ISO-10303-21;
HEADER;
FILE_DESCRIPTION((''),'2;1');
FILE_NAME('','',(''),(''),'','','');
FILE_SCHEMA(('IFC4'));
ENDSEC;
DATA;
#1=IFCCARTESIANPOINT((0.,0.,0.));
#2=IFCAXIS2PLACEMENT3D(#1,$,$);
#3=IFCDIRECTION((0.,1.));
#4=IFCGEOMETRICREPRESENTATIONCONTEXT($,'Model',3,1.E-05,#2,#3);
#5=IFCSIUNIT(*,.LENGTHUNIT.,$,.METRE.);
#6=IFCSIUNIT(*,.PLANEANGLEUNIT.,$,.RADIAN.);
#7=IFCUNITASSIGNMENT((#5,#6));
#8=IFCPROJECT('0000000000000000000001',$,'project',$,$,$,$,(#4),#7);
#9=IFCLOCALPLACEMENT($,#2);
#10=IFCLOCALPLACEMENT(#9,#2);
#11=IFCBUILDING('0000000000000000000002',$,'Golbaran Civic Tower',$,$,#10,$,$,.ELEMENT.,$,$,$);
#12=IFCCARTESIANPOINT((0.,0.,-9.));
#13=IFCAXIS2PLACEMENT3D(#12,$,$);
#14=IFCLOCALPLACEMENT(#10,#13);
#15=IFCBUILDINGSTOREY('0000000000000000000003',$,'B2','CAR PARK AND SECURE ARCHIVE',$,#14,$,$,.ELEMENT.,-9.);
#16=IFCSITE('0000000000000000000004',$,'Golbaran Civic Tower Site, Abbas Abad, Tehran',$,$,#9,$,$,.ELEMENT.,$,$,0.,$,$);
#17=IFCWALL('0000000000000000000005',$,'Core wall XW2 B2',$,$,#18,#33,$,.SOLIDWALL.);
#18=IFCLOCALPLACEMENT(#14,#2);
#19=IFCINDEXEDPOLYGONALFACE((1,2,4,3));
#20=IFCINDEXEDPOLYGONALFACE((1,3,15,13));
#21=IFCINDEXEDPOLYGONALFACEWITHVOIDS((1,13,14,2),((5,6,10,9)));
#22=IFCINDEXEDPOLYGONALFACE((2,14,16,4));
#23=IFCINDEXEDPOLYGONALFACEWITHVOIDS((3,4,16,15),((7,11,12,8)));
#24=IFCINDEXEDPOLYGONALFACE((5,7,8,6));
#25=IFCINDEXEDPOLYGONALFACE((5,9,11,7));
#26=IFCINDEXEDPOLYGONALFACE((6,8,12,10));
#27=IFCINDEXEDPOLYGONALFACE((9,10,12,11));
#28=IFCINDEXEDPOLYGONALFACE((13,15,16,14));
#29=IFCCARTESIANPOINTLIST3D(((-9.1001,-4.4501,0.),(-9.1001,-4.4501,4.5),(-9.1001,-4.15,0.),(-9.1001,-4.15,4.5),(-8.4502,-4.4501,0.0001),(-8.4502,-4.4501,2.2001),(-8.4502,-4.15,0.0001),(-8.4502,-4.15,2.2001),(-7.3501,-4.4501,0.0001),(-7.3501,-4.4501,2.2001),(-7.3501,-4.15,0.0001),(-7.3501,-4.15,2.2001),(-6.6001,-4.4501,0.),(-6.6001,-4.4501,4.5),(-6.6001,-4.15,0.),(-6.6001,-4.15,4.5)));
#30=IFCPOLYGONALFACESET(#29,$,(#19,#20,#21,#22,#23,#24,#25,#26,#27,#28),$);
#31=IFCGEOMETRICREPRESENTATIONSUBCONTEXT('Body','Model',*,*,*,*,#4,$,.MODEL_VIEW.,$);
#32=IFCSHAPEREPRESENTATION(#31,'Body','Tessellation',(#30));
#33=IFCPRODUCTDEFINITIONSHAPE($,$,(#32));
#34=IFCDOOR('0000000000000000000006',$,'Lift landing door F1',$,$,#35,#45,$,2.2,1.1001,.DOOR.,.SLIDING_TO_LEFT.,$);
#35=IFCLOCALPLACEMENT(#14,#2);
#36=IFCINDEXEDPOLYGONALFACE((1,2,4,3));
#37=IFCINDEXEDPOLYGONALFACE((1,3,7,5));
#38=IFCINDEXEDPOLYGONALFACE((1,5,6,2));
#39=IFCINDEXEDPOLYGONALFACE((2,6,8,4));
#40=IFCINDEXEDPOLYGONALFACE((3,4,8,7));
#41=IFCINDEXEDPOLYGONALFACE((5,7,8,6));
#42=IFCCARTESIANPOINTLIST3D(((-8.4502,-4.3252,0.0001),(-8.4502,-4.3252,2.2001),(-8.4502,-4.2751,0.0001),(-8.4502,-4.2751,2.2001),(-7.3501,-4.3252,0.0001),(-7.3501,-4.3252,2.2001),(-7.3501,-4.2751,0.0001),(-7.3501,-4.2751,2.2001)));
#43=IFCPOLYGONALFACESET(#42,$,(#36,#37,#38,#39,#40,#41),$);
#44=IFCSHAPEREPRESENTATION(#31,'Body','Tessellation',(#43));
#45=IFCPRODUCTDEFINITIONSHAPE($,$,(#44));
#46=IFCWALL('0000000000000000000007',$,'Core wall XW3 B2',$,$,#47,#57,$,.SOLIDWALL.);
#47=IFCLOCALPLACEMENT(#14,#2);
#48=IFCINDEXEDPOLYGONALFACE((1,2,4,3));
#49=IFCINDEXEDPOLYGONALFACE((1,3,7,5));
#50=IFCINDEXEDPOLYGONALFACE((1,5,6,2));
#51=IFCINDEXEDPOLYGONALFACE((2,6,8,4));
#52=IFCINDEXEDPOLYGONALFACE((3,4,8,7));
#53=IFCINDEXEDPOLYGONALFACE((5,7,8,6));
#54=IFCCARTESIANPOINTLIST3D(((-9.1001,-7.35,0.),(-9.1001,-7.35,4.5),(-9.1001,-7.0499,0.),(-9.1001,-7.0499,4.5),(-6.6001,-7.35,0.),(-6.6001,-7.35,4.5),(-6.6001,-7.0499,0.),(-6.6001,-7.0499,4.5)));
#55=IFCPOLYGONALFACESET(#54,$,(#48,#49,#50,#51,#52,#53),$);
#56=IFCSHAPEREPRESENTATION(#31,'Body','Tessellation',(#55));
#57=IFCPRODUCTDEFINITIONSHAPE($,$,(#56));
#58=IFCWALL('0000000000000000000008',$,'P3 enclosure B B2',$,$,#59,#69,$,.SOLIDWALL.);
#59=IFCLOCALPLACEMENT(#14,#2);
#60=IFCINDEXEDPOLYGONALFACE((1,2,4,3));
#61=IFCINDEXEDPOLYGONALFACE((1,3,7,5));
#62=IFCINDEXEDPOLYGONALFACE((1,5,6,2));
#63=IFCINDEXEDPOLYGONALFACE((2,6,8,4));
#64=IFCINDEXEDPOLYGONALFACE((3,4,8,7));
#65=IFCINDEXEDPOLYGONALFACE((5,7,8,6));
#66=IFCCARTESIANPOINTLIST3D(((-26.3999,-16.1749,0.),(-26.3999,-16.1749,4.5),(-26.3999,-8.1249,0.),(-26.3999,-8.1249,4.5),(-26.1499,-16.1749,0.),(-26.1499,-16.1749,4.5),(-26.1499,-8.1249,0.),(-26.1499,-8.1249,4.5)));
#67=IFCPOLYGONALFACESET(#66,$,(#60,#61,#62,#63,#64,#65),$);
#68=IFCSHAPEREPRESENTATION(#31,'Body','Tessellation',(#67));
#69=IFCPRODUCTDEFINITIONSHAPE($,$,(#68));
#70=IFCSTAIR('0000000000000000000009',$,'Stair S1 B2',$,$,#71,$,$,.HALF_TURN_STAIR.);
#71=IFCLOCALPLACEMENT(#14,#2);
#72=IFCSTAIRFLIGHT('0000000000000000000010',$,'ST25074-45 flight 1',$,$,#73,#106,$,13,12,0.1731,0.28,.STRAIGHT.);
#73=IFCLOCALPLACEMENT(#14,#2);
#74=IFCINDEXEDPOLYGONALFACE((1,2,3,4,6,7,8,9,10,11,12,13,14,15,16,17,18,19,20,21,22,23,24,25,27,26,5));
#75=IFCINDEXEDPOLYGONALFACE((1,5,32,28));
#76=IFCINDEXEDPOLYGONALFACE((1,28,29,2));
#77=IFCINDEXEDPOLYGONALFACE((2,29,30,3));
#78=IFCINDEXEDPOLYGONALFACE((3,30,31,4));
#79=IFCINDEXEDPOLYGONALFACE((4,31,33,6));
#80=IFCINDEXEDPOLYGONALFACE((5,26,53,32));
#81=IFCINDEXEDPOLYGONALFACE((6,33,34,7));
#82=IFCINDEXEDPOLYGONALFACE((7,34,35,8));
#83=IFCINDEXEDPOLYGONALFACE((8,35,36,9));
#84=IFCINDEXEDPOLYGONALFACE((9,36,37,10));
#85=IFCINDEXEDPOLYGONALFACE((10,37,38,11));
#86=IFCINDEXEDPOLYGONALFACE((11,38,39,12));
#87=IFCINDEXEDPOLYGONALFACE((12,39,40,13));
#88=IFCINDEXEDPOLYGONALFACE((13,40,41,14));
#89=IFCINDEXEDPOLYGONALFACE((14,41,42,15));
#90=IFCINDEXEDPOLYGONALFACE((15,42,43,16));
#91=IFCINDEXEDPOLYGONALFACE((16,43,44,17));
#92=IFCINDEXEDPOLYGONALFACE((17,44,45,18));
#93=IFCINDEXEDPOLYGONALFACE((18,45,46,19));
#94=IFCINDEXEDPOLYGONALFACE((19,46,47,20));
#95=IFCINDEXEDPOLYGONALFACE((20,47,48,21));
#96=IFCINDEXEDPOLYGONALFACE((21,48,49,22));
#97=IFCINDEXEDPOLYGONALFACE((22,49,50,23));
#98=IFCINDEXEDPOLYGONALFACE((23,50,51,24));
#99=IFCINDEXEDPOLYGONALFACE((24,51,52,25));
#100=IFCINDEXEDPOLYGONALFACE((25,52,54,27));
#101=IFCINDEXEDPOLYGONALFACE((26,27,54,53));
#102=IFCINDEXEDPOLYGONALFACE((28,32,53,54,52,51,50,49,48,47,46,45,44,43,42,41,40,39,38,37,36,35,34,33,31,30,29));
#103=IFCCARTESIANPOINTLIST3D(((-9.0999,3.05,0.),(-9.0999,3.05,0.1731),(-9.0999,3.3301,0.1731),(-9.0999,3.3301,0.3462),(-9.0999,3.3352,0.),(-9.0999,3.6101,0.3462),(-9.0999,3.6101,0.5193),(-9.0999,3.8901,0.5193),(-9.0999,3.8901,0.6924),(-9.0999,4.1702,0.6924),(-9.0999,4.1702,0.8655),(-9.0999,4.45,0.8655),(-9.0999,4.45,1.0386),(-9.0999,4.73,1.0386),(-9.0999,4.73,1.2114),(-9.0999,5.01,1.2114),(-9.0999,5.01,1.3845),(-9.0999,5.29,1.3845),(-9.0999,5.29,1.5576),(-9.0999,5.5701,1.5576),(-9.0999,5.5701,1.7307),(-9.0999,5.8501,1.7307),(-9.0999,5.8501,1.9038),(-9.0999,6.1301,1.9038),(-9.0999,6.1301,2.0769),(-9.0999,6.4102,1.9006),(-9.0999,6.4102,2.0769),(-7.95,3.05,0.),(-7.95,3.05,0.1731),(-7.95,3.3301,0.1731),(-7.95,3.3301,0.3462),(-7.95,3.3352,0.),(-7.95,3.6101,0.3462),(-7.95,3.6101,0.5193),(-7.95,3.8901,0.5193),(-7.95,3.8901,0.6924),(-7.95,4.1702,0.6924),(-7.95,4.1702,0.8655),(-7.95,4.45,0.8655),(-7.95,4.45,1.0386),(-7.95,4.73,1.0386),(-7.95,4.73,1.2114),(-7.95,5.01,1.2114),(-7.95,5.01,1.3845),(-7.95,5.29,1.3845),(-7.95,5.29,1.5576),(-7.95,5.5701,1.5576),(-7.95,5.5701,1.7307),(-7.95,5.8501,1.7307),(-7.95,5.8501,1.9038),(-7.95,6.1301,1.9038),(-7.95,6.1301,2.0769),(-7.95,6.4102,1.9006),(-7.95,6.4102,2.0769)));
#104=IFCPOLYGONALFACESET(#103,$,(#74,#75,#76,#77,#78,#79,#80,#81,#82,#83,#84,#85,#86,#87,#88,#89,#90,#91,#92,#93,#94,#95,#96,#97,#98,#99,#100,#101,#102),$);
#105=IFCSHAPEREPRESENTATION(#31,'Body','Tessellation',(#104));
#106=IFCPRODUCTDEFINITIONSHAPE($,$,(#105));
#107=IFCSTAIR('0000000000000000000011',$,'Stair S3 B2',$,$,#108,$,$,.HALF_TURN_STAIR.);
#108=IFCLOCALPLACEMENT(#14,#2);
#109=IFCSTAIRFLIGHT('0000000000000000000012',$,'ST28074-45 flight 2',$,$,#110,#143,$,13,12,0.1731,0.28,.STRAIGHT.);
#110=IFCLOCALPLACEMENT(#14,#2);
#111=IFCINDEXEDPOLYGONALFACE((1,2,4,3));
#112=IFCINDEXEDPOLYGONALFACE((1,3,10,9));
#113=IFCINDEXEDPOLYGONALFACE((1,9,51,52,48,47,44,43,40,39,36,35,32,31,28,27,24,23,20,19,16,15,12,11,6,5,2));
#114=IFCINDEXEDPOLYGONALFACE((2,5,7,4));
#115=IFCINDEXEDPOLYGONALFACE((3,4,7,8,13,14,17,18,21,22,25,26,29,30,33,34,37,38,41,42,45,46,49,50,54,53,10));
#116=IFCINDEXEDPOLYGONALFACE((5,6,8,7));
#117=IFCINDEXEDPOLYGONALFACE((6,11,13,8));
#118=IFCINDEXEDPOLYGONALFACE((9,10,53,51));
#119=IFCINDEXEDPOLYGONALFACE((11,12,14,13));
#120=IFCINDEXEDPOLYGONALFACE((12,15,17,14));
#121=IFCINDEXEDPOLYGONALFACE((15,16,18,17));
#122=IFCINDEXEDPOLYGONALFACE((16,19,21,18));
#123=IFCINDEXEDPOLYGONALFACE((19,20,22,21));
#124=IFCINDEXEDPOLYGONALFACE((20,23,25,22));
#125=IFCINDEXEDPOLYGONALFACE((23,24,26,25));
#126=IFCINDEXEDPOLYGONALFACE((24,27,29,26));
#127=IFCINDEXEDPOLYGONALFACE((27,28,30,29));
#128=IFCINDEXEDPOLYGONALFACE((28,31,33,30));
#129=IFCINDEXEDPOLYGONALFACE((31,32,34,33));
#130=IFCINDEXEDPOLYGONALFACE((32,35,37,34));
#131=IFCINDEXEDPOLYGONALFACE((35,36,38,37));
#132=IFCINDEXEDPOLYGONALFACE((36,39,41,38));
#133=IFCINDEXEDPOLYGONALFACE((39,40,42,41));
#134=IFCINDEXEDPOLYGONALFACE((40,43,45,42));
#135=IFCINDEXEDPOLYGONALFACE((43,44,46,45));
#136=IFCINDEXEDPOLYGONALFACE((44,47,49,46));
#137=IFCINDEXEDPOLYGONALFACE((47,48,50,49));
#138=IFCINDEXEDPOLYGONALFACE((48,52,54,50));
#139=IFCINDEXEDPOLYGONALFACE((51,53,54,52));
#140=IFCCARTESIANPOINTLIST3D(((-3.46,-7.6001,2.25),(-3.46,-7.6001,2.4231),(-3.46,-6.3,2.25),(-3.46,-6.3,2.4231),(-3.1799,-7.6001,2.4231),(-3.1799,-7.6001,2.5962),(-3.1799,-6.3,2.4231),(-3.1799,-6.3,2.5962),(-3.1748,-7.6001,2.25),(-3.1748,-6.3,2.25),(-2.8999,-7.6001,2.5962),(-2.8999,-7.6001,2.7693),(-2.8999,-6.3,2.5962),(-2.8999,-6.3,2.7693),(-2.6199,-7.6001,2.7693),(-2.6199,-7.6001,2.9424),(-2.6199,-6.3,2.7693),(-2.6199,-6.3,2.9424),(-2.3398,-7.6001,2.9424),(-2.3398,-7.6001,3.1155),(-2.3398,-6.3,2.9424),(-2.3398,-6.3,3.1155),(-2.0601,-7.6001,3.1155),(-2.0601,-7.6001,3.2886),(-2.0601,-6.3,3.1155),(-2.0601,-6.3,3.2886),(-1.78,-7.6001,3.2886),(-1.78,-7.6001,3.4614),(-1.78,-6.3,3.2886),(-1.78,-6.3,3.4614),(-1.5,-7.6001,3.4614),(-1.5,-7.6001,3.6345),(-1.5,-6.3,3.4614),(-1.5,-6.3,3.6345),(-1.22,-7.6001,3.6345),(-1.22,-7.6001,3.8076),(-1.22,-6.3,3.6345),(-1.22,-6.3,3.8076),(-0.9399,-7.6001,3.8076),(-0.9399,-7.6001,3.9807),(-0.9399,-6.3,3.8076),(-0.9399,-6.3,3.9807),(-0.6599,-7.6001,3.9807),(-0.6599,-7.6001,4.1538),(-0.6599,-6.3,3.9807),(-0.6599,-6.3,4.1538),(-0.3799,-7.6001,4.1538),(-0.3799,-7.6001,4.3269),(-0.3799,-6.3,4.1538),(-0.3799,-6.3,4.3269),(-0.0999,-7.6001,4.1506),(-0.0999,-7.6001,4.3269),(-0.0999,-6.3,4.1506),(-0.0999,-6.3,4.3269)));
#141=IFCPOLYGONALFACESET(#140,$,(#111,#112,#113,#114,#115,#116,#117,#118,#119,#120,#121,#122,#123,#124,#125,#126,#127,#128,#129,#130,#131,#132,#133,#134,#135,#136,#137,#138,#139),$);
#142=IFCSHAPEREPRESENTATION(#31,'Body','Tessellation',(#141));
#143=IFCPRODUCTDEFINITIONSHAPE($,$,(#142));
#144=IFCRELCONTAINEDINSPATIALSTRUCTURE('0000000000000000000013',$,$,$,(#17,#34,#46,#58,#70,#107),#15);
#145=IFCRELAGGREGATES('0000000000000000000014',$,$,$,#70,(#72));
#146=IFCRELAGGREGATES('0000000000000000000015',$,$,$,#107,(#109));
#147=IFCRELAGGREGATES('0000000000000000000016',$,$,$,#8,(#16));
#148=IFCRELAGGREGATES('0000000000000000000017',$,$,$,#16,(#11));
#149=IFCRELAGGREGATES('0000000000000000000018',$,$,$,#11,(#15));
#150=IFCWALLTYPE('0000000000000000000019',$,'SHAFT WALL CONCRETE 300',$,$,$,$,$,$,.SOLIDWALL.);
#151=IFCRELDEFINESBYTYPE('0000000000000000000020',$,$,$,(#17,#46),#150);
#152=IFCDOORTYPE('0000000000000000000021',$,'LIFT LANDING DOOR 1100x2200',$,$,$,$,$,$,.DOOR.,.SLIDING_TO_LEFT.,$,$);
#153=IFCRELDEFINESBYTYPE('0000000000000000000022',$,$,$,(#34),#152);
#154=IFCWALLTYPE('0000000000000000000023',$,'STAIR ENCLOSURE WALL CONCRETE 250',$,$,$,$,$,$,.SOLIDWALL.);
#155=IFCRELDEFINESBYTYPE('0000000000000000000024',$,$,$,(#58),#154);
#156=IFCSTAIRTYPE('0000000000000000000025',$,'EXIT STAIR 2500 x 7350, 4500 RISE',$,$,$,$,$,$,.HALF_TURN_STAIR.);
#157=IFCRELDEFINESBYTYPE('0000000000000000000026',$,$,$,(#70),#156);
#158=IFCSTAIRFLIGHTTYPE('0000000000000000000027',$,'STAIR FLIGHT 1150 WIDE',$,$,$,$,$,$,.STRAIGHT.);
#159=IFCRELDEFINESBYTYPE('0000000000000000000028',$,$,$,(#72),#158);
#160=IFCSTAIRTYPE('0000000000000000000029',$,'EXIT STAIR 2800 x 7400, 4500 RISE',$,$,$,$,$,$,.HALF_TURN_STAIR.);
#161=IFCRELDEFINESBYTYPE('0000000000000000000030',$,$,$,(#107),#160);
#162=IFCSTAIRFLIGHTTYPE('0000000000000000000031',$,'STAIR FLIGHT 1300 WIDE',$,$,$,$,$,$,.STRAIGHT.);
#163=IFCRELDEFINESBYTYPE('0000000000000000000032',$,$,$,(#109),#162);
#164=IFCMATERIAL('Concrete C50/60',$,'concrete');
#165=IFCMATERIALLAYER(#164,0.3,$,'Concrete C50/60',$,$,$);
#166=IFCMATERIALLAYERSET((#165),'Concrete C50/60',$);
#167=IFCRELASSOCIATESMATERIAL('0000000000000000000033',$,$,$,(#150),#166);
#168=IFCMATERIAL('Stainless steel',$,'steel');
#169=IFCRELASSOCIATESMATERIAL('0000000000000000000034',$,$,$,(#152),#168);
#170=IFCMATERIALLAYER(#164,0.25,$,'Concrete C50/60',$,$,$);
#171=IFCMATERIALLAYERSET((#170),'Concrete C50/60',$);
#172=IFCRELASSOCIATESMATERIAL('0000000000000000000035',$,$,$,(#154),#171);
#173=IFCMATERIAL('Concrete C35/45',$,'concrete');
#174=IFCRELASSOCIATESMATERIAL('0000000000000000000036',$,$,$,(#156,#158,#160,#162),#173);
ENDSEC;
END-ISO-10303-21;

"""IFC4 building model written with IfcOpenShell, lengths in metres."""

from ifc_helpers import new_model, si_unit, direction, frame, frame_2d, origin, place, context, subcontext, project, spatial, polyline, rectangle, outline, extrude, material, layer, layer_set, type_object, element, fill, aggregate, save


model = new_model("IFC4")

# Units and contexts
model_context = context("Model", 3, precision=1e-05, world=origin(), true_north=direction((0.0, 1.0)))
body_context = subcontext(model_context, "Body", "Model", "MODEL_VIEW")
ifc_project = project(units=[si_unit("LENGTHUNIT", "METRE"), si_unit("PLANEANGLEUNIT", "RADIAN")], contexts=[model_context])

# Site, building, storey
site_placement = place(None, origin())
site = spatial("IfcSite", under=ifc_project, at=site_placement, Name="Golbaran Civic Tower Site, Abbas Abad, Tehran", CompositionType="ELEMENT", RefElevation=0.0)
building_placement = place(site_placement, origin())
building = spatial("IfcBuilding", under=site, at=building_placement, Name="Golbaran Civic Tower", CompositionType="ELEMENT")
storey_placement = place(building_placement, frame((0.0, 0.0, -9.0)))
storey = spatial("IfcBuildingStorey", under=building, at=storey_placement, Name="B2", Description="CAR PARK AND SECURE ARCHIVE", CompositionType="ELEMENT", Elevation=-9.0)

# Shared definitions
ifc_material_1 = material(Name="Concrete C50/60", Category="concrete")

# Shared definitions
ifc_material_2 = material(Name="Concrete C35/45", Category="concrete")

# Shared definitions
ifc_layer_1 = layer(ifc_material_1, 0.3, Name="Concrete C50/60")
ifc_layer_set_1 = layer_set([ifc_layer_1], Name="Concrete C50/60")
wall_type_1 = type_object("IfcWallType", Name="SHAFT WALL CONCRETE 300", PredefinedType="SOLIDWALL", material=ifc_layer_set_1)
ifc_material_3 = material(Name="Stainless steel", Category="steel")
door_type_1 = type_object("IfcDoorType", Name="LIFT LANDING DOOR 1100x2200", OperationType="SLIDING_TO_LEFT", PredefinedType="DOOR", material=ifc_material_3)

# Wall, opening, door
wall_1_placement = place(storey_placement, frame((-9.1001, -4.3, 0.0), z_axis=(0.0, 0.0, 1.0), x_axis=(1.0, 0.0, 0.0)))
wall_1 = element("IfcWall", 1, at=wall_1_placement, inside=storey, type_object=wall_type_1, Name="Core wall XW2 B2", PredefinedType="SOLIDWALL", context=body_context, shape_type="SweptSolid", body=[
    extrude(rectangle(XDim=2.5, YDim=0.3, at=frame_2d((1.25, 0.0))), origin(), (0.0, 0.0, 1.0), 4.5),
])
opening_1_placement = place(wall_1_placement, frame((0.6499, 0.0, 0.0)))
opening_1 = element("IfcOpeningElement", 2, at=opening_1_placement, cuts=wall_1, PredefinedType="OPENING", context=body_context, shape_type="SweptSolid", body=[
    extrude(rectangle(XDim=1.1001, YDim=2.2, at=frame_2d((0.55, 1.1001))), frame((0.0, 0.1599, 0.0), z_axis=(0.0, -1.0, 0.0), x_axis=(1.0, 0.0, 0.0)), (0.0, 0.0, 1.0), 0.3201),
])
door_1_placement = place(opening_1_placement, origin())
door_1 = element("IfcDoor", 3, at=door_1_placement, inside=storey, type_object=door_type_1, Name="Lift landing door F1", OperationType="SLIDING_TO_LEFT", OverallHeight=2.2, OverallWidth=1.1001, PredefinedType="DOOR", context=body_context, shape_type="SweptSolid", body=[
    extrude(rectangle(XDim=1.1001, YDim=2.2, at=frame_2d((0.55, 1.1001))), frame((0.0, 0.0249, 0.0), z_axis=(0.0, -1.0, 0.0), x_axis=(1.0, 0.0, 0.0)), (0.0, 0.0, 1.0), 0.05),
])
fill(opening_1, door_1)

# Walls
wall_2_placement = place(storey_placement, frame((-9.1001, -7.2, 0.0), z_axis=(0.0, 0.0, 1.0), x_axis=(1.0, 0.0, 0.0)))
element("IfcWall", 4, at=wall_2_placement, inside=storey, type_object=wall_type_1, Name="Core wall XW3 B2", PredefinedType="SOLIDWALL", context=body_context, shape_type="SweptSolid", body=[
    extrude(rectangle(XDim=2.5, YDim=0.3, at=frame_2d((1.25, 0.0))), origin(), (0.0, 0.0, 1.0), 4.5),
])
ifc_layer_2 = layer(ifc_material_1, 0.25, Name="Concrete C50/60")
ifc_layer_set_2 = layer_set([ifc_layer_2], Name="Concrete C50/60")
wall_type_2 = type_object("IfcWallType", Name="STAIR ENCLOSURE WALL CONCRETE 250", PredefinedType="SOLIDWALL", material=ifc_layer_set_2)
wall_3_placement = place(storey_placement, frame((-26.2749, -8.125, 0.0), z_axis=(0.0, 0.0, 1.0), x_axis=(0.0, -1.0, 0.0)))
element("IfcWall", 5, at=wall_3_placement, inside=storey, type_object=wall_type_2, Name="P3 enclosure B B2", PredefinedType="SOLIDWALL", context=body_context, shape_type="SweptSolid", body=[
    extrude(rectangle(XDim=8.05, YDim=0.25, at=frame_2d((4.0249, 0.0))), origin(), (0.0, 0.0, 1.0), 4.5),
])

# Stairs, stair flights
stair_type_1 = type_object("IfcStairType", Name="EXIT STAIR 2500 x 7350, 4500 RISE", PredefinedType="HALF_TURN_STAIR", material=ifc_material_2)
stair_1_placement = place(storey_placement, origin())
stair_1 = element("IfcStair", 6, at=stair_1_placement, inside=storey, type_object=stair_type_1, Name="Stair S1 B2", PredefinedType="HALF_TURN_STAIR")
stair_flight_type_1 = type_object("IfcStairFlightType", Name="STAIR FLIGHT 1150 WIDE", PredefinedType="STRAIGHT", material=ifc_material_2)
stair_flight_1_placement = place(storey_placement, frame((-8.5249, 3.05, 0.0), z_axis=(0.0, 0.0, 1.0), x_axis=(0.0, 1.0, 0.0)))
stair_flight_1 = element("IfcStairFlight", 7, at=stair_flight_1_placement, type_object=stair_flight_type_1, Name="ST25074-45 flight 1", NumberOfRisers=13, NumberOfTreads=12, PredefinedType="STRAIGHT", RiserHeight=0.1731, TreadLength=0.28, context=body_context, shape_type="SweptSolid", body=[
    extrude(outline(polyline([(0.0, 0.0), (0.0, 0.1731), (0.28, 0.1731), (0.28, 0.3462), (0.5601, 0.3462), (0.5601, 0.5193), (0.8401, 0.5193), (0.8401, 0.6924), (1.1201, 0.6924), (1.1201, 0.8655), (1.3999, 0.8655), (1.3999, 1.0386), (1.6799, 1.0386), (1.6799, 1.2114), (1.96, 1.2114), (1.96, 1.3845), (2.24, 1.3845), (2.24, 1.5576), (2.52, 1.5576), (2.52, 1.7307), (2.8, 1.7307), (2.8, 1.9038), (3.0801, 1.9038), (3.0801, 2.0769), (3.3601, 2.0769), (3.3601, 2.25), (3.3601, 1.9006), (0.2852, 0.0), (0.0, 0.0)])), frame((0.0, 0.575, 0.0), z_axis=(0.0, -1.0, 0.0), x_axis=(1.0, 0.0, 0.0)), (0.0, 0.0, 1.0), 1.1499),
])
aggregate(stair_1, [stair_flight_1])
stair_type_2 = type_object("IfcStairType", Name="EXIT STAIR 2800 x 7400, 4500 RISE", PredefinedType="HALF_TURN_STAIR", material=ifc_material_2)
stair_2_placement = place(storey_placement, origin())
stair_2 = element("IfcStair", 8, at=stair_2_placement, inside=storey, type_object=stair_type_2, Name="Stair S3 B2", PredefinedType="HALF_TURN_STAIR")
stair_flight_type_2 = type_object("IfcStairFlightType", Name="STAIR FLIGHT 1300 WIDE", PredefinedType="STRAIGHT", material=ifc_material_2)
stair_flight_2_placement = place(storey_placement, frame((-3.46, -6.95, 2.25), z_axis=(0.0, 0.0, 1.0), x_axis=(1.0, 0.0, 0.0)))
stair_flight_2 = element("IfcStairFlight", 9, at=stair_flight_2_placement, type_object=stair_flight_type_2, Name="ST28074-45 flight 2", NumberOfRisers=13, NumberOfTreads=12, PredefinedType="STRAIGHT", RiserHeight=0.1731, TreadLength=0.28, context=body_context, shape_type="SweptSolid", body=[
    extrude(outline(polyline([(0.0, 0.0), (0.0, 0.1731), (0.28, 0.1731), (0.28, 0.3462), (0.5601, 0.3462), (0.5601, 0.5193), (0.8401, 0.5193), (0.8401, 0.6924), (1.1201, 0.6924), (1.1201, 0.8655), (1.3999, 0.8655), (1.3999, 1.0386), (1.6799, 1.0386), (1.6799, 1.2114), (1.96, 1.2114), (1.96, 1.3845), (2.24, 1.3845), (2.24, 1.5576), (2.52, 1.5576), (2.52, 1.7307), (2.8, 1.7307), (2.8, 1.9038), (3.0801, 1.9038), (3.0801, 2.0769), (3.3601, 2.0769), (3.3601, 2.25), (3.3601, 1.9006), (0.2852, 0.0), (0.0, 0.0)])), frame((0.0, 0.6499, 0.0), z_axis=(0.0, -1.0, 0.0), x_axis=(1.0, 0.0, 0.0)), (0.0, 0.0, 1.0), 1.3),
])
aggregate(stair_2, [stair_flight_2])

save(model, "model.ifc")
